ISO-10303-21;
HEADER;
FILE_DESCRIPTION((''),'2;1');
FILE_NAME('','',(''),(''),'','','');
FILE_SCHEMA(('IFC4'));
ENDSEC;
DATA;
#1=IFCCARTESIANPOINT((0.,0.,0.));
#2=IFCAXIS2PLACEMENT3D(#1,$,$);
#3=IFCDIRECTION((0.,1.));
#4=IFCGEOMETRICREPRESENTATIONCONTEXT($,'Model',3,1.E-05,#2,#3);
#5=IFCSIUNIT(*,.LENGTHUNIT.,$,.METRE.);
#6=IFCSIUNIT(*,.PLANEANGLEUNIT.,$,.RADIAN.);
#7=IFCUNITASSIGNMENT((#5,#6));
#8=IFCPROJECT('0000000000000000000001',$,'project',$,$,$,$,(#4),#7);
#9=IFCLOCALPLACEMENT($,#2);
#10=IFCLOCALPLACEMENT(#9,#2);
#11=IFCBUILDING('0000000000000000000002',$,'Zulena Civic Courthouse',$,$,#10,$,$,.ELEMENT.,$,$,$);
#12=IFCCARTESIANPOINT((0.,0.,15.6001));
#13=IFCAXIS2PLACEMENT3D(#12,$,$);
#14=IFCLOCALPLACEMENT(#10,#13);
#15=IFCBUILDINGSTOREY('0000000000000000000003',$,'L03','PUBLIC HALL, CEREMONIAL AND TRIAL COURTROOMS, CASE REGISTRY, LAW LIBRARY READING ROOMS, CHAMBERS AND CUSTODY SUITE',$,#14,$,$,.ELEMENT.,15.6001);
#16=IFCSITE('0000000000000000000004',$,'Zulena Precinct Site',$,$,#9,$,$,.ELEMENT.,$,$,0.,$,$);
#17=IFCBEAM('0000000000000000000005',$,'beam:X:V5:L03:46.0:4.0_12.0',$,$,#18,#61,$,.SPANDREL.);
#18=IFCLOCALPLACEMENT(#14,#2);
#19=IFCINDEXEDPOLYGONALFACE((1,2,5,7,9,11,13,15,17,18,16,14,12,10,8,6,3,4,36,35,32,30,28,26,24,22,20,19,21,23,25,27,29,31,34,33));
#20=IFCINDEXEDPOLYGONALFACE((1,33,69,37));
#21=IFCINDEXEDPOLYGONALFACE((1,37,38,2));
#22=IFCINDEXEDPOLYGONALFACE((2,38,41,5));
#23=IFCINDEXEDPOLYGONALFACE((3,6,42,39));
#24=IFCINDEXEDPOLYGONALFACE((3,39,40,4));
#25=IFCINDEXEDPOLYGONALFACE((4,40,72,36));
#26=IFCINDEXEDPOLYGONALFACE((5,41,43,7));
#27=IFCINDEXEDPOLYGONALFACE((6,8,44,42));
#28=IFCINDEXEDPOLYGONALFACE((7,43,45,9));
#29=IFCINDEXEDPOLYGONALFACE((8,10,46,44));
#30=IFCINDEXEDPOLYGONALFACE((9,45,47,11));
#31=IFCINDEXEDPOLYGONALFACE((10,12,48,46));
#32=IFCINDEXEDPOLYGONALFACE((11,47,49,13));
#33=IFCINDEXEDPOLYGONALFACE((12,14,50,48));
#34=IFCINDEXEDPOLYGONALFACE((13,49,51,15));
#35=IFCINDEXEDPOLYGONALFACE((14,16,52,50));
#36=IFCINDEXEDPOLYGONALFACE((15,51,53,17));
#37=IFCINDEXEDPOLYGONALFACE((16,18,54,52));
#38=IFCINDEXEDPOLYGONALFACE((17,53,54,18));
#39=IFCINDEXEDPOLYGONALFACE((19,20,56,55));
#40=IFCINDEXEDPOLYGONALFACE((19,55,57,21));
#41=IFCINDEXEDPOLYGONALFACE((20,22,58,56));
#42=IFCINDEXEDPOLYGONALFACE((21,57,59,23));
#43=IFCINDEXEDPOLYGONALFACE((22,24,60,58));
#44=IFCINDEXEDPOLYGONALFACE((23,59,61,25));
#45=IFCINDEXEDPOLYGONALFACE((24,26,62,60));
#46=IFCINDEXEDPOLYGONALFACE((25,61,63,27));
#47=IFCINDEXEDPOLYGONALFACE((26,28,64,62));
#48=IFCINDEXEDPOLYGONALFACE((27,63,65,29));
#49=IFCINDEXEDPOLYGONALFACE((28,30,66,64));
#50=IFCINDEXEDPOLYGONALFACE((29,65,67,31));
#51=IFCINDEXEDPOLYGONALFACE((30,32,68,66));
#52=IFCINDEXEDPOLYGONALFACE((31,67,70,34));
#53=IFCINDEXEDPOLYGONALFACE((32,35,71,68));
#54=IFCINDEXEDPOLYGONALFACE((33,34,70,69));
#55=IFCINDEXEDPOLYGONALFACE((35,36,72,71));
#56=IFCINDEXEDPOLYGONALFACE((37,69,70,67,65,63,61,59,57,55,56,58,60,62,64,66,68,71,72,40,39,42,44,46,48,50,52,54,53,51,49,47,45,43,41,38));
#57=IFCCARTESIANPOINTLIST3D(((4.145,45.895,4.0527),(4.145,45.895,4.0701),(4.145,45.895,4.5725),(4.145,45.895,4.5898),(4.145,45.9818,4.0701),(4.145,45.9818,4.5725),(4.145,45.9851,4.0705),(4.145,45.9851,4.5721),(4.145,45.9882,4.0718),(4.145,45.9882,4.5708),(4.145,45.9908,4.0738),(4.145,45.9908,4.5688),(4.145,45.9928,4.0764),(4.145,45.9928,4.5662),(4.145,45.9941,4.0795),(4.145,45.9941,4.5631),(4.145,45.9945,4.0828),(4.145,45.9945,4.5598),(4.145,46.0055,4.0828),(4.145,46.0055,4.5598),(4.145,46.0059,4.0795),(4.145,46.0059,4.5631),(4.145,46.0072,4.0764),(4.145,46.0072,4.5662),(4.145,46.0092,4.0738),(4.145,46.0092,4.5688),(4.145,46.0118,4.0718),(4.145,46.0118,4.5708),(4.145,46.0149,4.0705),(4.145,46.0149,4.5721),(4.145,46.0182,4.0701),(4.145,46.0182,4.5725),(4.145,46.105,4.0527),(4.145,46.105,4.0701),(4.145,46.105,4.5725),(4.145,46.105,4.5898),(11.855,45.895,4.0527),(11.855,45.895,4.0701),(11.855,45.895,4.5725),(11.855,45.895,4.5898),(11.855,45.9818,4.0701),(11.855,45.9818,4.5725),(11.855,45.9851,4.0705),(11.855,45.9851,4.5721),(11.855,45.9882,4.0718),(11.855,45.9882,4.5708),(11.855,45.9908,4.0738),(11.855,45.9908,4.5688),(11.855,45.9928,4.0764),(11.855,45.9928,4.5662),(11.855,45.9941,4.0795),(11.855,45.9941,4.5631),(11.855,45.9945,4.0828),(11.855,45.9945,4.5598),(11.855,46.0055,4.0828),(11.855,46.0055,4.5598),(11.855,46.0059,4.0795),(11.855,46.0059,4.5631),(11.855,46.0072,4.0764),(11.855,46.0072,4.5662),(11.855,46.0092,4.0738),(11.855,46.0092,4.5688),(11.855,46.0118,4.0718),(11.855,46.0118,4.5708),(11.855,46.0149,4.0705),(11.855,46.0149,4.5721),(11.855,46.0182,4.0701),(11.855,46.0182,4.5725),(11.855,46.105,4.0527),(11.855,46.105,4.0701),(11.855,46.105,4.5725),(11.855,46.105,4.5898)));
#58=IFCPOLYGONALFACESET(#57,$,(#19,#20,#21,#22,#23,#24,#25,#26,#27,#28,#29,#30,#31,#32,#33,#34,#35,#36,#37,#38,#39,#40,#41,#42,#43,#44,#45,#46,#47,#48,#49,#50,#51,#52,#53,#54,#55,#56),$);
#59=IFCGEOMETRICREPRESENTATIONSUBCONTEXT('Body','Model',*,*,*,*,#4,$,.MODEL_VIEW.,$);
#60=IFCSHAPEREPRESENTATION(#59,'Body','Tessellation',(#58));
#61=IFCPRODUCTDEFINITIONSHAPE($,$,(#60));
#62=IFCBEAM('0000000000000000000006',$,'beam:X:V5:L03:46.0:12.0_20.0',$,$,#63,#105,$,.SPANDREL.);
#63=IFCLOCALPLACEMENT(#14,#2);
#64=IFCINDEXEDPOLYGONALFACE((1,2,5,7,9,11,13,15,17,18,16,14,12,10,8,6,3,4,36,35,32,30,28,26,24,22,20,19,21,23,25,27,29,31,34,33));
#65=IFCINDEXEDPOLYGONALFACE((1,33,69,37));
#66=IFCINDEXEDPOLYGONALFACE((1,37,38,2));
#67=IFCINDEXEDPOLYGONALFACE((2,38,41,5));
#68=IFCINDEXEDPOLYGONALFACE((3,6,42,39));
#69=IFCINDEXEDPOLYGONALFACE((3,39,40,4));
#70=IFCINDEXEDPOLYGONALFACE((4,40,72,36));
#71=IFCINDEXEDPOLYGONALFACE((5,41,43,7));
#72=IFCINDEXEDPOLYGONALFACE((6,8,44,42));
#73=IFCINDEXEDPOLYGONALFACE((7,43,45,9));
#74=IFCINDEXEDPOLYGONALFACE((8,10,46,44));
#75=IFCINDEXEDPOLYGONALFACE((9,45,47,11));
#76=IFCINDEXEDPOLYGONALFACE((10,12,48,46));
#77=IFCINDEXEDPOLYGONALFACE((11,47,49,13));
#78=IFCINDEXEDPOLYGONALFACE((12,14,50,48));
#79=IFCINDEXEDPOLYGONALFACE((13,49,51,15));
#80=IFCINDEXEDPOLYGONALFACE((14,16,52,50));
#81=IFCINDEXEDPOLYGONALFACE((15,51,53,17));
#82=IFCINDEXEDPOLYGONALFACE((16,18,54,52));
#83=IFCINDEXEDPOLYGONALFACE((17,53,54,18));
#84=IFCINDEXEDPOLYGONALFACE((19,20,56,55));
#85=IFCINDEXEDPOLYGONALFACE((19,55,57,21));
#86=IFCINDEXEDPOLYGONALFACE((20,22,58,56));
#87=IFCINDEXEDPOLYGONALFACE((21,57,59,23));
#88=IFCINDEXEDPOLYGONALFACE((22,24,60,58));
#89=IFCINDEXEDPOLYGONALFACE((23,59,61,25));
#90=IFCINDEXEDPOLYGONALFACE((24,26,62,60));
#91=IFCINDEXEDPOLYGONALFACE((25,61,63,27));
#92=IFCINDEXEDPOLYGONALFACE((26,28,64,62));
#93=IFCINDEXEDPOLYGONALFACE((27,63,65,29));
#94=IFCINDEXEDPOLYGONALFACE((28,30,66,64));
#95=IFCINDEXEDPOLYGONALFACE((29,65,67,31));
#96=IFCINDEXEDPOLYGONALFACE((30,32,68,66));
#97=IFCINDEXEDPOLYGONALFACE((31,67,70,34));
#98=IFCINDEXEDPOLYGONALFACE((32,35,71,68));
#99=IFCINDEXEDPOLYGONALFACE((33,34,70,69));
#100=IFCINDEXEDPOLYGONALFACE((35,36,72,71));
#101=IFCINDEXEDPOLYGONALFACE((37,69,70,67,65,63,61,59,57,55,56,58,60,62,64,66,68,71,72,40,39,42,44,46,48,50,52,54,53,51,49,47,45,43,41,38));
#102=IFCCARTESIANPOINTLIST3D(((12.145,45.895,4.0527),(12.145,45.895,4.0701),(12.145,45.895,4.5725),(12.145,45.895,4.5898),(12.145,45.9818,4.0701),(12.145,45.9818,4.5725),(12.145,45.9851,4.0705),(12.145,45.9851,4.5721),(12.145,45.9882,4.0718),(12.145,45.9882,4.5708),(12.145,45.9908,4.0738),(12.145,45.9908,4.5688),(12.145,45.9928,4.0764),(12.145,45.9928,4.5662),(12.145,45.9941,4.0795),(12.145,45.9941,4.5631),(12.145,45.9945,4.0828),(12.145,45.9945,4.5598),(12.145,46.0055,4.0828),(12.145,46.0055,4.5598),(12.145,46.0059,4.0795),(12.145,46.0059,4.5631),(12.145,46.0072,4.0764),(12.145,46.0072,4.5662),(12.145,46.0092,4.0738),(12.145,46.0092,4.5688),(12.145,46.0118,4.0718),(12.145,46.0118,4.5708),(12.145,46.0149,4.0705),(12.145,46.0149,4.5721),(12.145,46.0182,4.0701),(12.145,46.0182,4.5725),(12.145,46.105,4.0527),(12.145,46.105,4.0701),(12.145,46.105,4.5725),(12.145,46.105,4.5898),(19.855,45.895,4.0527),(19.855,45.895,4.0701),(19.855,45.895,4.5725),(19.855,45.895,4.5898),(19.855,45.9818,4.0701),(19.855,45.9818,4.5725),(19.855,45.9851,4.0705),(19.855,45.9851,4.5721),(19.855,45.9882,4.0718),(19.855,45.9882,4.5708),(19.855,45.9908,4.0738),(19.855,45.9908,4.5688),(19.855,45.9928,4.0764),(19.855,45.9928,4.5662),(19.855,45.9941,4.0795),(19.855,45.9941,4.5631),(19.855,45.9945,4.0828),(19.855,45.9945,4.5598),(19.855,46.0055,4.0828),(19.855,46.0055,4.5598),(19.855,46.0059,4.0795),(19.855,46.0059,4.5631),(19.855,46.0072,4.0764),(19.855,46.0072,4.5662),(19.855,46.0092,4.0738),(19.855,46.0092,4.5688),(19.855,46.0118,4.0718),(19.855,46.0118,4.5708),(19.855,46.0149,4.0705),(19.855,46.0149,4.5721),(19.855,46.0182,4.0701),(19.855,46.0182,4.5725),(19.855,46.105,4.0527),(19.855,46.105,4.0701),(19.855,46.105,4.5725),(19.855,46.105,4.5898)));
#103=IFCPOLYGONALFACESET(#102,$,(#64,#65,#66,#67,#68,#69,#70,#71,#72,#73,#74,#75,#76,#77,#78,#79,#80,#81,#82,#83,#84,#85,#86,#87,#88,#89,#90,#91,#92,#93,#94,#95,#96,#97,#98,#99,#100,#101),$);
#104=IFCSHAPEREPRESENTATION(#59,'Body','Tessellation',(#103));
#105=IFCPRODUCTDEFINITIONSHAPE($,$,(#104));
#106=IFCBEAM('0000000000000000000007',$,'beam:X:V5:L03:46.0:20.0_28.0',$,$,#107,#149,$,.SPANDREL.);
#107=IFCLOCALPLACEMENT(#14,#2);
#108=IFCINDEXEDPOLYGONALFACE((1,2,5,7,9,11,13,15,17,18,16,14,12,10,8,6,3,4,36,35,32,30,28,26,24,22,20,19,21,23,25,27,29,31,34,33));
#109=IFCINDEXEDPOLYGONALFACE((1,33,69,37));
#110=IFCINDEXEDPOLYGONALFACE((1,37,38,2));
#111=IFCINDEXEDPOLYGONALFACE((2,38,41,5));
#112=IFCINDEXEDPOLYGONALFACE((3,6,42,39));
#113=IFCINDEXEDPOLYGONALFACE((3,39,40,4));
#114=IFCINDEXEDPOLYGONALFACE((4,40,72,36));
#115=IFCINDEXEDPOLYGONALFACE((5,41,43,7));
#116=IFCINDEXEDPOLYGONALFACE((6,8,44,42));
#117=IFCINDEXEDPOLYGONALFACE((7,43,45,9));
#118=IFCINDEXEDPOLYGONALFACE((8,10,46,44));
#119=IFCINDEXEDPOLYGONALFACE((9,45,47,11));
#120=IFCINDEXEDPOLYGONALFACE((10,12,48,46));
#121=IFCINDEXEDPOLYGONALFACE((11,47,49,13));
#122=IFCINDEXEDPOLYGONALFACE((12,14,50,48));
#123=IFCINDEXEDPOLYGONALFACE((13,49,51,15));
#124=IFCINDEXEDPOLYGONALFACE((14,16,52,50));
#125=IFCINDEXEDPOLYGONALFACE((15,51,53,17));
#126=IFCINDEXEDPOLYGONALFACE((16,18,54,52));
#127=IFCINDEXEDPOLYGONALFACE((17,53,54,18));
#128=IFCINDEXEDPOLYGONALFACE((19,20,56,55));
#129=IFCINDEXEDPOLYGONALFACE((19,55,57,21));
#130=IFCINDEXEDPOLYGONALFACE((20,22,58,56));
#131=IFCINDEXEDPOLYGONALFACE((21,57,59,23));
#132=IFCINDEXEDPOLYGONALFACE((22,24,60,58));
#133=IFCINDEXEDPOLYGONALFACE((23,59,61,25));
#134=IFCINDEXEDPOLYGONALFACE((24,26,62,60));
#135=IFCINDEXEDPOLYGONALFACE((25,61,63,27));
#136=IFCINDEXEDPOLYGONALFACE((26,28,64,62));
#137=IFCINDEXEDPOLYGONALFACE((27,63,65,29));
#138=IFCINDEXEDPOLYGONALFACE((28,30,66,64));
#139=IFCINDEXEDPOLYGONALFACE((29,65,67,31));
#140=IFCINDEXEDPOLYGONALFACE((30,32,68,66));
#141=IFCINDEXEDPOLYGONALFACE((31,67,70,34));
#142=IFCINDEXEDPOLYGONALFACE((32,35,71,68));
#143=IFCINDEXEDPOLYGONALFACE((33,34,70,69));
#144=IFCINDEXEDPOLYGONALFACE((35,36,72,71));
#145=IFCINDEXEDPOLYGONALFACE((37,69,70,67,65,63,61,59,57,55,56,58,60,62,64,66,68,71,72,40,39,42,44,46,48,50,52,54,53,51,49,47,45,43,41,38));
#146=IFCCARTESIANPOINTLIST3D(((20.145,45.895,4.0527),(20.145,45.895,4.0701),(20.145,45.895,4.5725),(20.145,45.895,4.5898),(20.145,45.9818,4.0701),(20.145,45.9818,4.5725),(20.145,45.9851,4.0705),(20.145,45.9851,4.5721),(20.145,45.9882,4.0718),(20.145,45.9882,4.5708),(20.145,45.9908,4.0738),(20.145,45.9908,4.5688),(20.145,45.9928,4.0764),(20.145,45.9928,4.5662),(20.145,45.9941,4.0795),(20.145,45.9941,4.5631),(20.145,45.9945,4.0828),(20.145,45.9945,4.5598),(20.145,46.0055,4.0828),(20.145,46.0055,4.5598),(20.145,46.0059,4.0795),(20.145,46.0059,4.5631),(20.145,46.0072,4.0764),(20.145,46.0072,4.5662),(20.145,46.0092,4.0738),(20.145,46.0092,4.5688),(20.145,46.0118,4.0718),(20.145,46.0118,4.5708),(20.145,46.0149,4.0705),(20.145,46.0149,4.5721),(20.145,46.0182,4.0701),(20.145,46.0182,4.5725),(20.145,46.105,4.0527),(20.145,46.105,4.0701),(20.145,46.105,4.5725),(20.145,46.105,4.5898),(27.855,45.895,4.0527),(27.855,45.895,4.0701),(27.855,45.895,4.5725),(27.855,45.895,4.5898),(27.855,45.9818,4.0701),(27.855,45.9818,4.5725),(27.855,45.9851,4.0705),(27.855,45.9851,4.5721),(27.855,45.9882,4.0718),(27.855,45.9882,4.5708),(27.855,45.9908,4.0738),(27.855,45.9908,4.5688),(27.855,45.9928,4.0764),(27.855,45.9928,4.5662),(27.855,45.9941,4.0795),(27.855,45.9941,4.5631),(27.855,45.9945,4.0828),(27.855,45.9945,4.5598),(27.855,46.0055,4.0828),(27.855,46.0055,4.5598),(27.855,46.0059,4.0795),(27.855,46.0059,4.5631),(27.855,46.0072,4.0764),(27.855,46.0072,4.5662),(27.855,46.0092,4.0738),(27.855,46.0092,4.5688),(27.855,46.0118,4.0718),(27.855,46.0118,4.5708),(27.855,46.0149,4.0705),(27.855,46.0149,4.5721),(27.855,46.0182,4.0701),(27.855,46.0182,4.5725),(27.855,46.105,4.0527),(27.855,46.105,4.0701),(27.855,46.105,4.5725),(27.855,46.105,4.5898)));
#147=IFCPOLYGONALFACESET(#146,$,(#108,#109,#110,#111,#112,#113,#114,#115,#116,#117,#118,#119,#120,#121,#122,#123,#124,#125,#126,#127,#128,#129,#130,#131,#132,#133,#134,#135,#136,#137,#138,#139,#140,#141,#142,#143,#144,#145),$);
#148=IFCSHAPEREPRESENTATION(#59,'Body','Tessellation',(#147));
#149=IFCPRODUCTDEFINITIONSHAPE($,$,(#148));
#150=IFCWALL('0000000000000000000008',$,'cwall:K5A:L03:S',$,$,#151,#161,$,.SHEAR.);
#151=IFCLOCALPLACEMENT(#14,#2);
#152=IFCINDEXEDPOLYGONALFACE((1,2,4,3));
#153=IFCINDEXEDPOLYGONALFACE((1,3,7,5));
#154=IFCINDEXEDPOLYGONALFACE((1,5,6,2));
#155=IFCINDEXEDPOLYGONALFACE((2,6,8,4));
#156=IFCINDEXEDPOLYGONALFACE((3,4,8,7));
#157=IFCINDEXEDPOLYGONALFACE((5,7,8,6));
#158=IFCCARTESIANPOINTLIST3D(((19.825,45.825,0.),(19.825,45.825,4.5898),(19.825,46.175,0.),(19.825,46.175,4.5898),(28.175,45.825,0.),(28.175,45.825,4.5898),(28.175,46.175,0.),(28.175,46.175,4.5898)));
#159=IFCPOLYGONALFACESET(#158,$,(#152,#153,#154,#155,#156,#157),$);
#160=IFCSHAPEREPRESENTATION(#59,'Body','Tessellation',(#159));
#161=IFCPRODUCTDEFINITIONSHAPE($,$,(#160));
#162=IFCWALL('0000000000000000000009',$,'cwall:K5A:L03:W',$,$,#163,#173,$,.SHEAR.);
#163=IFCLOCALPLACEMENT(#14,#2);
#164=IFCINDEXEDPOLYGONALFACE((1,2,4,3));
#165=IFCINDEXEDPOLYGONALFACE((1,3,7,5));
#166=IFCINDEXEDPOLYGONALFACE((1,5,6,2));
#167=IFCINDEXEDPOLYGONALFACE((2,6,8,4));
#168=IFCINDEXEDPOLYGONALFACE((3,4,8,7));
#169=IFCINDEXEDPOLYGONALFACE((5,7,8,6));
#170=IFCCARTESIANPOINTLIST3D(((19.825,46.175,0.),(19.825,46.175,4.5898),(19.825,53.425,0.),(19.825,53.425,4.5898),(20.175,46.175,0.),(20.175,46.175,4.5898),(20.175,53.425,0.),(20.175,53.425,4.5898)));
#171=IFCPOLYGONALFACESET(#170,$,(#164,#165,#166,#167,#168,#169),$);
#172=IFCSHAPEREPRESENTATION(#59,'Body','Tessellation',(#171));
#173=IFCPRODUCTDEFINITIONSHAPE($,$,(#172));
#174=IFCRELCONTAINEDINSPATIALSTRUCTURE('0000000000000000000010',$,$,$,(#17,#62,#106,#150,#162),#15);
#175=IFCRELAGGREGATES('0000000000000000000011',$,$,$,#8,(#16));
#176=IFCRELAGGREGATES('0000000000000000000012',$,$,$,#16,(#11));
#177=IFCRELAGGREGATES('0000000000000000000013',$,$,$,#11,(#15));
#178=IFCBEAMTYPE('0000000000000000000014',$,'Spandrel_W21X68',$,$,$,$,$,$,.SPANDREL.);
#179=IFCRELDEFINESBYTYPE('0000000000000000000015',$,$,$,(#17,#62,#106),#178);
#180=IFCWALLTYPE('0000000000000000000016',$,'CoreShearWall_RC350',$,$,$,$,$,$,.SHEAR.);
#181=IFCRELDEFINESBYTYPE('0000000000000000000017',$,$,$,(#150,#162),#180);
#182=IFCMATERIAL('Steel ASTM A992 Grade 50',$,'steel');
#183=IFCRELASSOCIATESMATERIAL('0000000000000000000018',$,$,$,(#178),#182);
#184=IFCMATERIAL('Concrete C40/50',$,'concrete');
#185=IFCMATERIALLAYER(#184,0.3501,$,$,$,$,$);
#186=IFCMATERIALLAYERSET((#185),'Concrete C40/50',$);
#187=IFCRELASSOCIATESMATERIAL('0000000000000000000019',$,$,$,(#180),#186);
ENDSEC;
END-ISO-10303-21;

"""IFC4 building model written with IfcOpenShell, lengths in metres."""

from ifc_helpers import new_model, si_unit, direction, frame, frame_2d, origin, origin_2d, place, context, subcontext, project, spatial, rectangle, i_section, extrude, material, layer, layer_set, material_profile, profile_set, type_object, element, save


model = new_model("IFC4")

# Units and contexts
model_context = context("Model", 3, precision=1e-05, world=origin(), true_north=direction((0.0, 1.0)))
body_context = subcontext(model_context, "Body", "Model", "MODEL_VIEW")
ifc_project = project(units=[si_unit("LENGTHUNIT", "METRE"), si_unit("PLANEANGLEUNIT", "RADIAN")], contexts=[model_context])

# Site, building, storey
site_placement = place(None, origin())
site = spatial("IfcSite", under=ifc_project, at=site_placement, Name="Zulena Precinct Site", CompositionType="ELEMENT", RefElevation=0.0)
building_placement = place(site_placement, origin())
building = spatial("IfcBuilding", under=site, at=building_placement, Name="Zulena Civic Courthouse", CompositionType="ELEMENT")
storey_placement = place(building_placement, frame((0.0, 0.0, 15.6001)))
storey = spatial("IfcBuildingStorey", under=building, at=storey_placement, Name="L03", Description="PUBLIC HALL, CEREMONIAL AND TRIAL COURTROOMS, CASE REGISTRY, LAW LIBRARY READING ROOMS, CHAMBERS AND CUSTODY SUITE", CompositionType="ELEMENT", Elevation=15.6001)

# Shared definitions
ifc_material_1 = material(Name="Steel ASTM A992 Grade 50", Category="steel")

# Beams
ifc_material_profile_1 = material_profile(ifc_material_1, i_section(OverallWidth=0.21, OverallDepth=0.5371, WebThickness=0.011, FlangeThickness=0.0173, FilletRadius=0.0127, at=origin_2d()), Name="W21X68")
ifc_profile_set_1 = profile_set([ifc_material_profile_1], Name="Steel ASTM A992 Grade 50")
beam_type_1 = type_object("IfcBeamType", Name="Spandrel_W21X68", PredefinedType="SPANDREL", material=ifc_profile_set_1)
for number, where, z_axis, x_axis, name in (
    (1, (4.145, 46.0, 4.3213), (1.0, 0.0, 0.0), (0.0, 1.0, 0.0), "beam:X:V5:L03:46.0:4.0_12.0"),
    (2, (12.145, 46.0, 4.3213), (1.0, 0.0, 0.0), (0.0, 1.0, 0.0), "beam:X:V5:L03:46.0:12.0_20.0"),
    (3, (20.145, 46.0, 4.3213), (1.0, 0.0, 0.0), (0.0, 1.0, 0.0), "beam:X:V5:L03:46.0:20.0_28.0"),
):
    element("IfcBeam", number, at=place(storey_placement, frame(where, z_axis=z_axis, x_axis=x_axis)), inside=storey, type_object=beam_type_1, Name=name, PredefinedType="SPANDREL", context=body_context, shape_type="SweptSolid", body=[
        extrude(i_section(OverallWidth=0.21, OverallDepth=0.5371, WebThickness=0.011, FlangeThickness=0.0173, FilletRadius=0.0127, at=origin_2d()), origin(), (0.0, 0.0, 1.0), 7.71),
    ])

# Walls
ifc_material_2 = material(Name="Concrete C40/50", Category="concrete")
ifc_layer_1 = layer(ifc_material_2, 0.3501)
ifc_layer_set_1 = layer_set([ifc_layer_1], Name="Concrete C40/50")
wall_type_1 = type_object("IfcWallType", Name="CoreShearWall_RC350", PredefinedType="SHEAR", material=ifc_layer_set_1)
wall_1_placement = place(storey_placement, frame((19.825, 46.0, 0.0), z_axis=(0.0, 0.0, 1.0), x_axis=(1.0, 0.0, 0.0)))
element("IfcWall", 4, at=wall_1_placement, inside=storey, type_object=wall_type_1, Name="cwall:K5A:L03:S", PredefinedType="SHEAR", context=body_context, shape_type="SweptSolid", body=[
    extrude(rectangle(XDim=8.3501, YDim=0.3501, at=frame_2d((4.175, 0.0))), origin(), (0.0, 0.0, 1.0), 4.5898),
])
wall_2_placement = place(storey_placement, frame((20.0, 46.175, 0.0), z_axis=(0.0, 0.0, 1.0), x_axis=(0.0, 1.0, 0.0)))
element("IfcWall", 5, at=wall_2_placement, inside=storey, type_object=wall_type_1, Name="cwall:K5A:L03:W", PredefinedType="SHEAR", context=body_context, shape_type="SweptSolid", body=[
    extrude(rectangle(XDim=7.25, YDim=0.3501, at=frame_2d((3.625, 0.0))), origin(), (0.0, 0.0, 1.0), 4.5898),
])

save(model, "model.ifc")
